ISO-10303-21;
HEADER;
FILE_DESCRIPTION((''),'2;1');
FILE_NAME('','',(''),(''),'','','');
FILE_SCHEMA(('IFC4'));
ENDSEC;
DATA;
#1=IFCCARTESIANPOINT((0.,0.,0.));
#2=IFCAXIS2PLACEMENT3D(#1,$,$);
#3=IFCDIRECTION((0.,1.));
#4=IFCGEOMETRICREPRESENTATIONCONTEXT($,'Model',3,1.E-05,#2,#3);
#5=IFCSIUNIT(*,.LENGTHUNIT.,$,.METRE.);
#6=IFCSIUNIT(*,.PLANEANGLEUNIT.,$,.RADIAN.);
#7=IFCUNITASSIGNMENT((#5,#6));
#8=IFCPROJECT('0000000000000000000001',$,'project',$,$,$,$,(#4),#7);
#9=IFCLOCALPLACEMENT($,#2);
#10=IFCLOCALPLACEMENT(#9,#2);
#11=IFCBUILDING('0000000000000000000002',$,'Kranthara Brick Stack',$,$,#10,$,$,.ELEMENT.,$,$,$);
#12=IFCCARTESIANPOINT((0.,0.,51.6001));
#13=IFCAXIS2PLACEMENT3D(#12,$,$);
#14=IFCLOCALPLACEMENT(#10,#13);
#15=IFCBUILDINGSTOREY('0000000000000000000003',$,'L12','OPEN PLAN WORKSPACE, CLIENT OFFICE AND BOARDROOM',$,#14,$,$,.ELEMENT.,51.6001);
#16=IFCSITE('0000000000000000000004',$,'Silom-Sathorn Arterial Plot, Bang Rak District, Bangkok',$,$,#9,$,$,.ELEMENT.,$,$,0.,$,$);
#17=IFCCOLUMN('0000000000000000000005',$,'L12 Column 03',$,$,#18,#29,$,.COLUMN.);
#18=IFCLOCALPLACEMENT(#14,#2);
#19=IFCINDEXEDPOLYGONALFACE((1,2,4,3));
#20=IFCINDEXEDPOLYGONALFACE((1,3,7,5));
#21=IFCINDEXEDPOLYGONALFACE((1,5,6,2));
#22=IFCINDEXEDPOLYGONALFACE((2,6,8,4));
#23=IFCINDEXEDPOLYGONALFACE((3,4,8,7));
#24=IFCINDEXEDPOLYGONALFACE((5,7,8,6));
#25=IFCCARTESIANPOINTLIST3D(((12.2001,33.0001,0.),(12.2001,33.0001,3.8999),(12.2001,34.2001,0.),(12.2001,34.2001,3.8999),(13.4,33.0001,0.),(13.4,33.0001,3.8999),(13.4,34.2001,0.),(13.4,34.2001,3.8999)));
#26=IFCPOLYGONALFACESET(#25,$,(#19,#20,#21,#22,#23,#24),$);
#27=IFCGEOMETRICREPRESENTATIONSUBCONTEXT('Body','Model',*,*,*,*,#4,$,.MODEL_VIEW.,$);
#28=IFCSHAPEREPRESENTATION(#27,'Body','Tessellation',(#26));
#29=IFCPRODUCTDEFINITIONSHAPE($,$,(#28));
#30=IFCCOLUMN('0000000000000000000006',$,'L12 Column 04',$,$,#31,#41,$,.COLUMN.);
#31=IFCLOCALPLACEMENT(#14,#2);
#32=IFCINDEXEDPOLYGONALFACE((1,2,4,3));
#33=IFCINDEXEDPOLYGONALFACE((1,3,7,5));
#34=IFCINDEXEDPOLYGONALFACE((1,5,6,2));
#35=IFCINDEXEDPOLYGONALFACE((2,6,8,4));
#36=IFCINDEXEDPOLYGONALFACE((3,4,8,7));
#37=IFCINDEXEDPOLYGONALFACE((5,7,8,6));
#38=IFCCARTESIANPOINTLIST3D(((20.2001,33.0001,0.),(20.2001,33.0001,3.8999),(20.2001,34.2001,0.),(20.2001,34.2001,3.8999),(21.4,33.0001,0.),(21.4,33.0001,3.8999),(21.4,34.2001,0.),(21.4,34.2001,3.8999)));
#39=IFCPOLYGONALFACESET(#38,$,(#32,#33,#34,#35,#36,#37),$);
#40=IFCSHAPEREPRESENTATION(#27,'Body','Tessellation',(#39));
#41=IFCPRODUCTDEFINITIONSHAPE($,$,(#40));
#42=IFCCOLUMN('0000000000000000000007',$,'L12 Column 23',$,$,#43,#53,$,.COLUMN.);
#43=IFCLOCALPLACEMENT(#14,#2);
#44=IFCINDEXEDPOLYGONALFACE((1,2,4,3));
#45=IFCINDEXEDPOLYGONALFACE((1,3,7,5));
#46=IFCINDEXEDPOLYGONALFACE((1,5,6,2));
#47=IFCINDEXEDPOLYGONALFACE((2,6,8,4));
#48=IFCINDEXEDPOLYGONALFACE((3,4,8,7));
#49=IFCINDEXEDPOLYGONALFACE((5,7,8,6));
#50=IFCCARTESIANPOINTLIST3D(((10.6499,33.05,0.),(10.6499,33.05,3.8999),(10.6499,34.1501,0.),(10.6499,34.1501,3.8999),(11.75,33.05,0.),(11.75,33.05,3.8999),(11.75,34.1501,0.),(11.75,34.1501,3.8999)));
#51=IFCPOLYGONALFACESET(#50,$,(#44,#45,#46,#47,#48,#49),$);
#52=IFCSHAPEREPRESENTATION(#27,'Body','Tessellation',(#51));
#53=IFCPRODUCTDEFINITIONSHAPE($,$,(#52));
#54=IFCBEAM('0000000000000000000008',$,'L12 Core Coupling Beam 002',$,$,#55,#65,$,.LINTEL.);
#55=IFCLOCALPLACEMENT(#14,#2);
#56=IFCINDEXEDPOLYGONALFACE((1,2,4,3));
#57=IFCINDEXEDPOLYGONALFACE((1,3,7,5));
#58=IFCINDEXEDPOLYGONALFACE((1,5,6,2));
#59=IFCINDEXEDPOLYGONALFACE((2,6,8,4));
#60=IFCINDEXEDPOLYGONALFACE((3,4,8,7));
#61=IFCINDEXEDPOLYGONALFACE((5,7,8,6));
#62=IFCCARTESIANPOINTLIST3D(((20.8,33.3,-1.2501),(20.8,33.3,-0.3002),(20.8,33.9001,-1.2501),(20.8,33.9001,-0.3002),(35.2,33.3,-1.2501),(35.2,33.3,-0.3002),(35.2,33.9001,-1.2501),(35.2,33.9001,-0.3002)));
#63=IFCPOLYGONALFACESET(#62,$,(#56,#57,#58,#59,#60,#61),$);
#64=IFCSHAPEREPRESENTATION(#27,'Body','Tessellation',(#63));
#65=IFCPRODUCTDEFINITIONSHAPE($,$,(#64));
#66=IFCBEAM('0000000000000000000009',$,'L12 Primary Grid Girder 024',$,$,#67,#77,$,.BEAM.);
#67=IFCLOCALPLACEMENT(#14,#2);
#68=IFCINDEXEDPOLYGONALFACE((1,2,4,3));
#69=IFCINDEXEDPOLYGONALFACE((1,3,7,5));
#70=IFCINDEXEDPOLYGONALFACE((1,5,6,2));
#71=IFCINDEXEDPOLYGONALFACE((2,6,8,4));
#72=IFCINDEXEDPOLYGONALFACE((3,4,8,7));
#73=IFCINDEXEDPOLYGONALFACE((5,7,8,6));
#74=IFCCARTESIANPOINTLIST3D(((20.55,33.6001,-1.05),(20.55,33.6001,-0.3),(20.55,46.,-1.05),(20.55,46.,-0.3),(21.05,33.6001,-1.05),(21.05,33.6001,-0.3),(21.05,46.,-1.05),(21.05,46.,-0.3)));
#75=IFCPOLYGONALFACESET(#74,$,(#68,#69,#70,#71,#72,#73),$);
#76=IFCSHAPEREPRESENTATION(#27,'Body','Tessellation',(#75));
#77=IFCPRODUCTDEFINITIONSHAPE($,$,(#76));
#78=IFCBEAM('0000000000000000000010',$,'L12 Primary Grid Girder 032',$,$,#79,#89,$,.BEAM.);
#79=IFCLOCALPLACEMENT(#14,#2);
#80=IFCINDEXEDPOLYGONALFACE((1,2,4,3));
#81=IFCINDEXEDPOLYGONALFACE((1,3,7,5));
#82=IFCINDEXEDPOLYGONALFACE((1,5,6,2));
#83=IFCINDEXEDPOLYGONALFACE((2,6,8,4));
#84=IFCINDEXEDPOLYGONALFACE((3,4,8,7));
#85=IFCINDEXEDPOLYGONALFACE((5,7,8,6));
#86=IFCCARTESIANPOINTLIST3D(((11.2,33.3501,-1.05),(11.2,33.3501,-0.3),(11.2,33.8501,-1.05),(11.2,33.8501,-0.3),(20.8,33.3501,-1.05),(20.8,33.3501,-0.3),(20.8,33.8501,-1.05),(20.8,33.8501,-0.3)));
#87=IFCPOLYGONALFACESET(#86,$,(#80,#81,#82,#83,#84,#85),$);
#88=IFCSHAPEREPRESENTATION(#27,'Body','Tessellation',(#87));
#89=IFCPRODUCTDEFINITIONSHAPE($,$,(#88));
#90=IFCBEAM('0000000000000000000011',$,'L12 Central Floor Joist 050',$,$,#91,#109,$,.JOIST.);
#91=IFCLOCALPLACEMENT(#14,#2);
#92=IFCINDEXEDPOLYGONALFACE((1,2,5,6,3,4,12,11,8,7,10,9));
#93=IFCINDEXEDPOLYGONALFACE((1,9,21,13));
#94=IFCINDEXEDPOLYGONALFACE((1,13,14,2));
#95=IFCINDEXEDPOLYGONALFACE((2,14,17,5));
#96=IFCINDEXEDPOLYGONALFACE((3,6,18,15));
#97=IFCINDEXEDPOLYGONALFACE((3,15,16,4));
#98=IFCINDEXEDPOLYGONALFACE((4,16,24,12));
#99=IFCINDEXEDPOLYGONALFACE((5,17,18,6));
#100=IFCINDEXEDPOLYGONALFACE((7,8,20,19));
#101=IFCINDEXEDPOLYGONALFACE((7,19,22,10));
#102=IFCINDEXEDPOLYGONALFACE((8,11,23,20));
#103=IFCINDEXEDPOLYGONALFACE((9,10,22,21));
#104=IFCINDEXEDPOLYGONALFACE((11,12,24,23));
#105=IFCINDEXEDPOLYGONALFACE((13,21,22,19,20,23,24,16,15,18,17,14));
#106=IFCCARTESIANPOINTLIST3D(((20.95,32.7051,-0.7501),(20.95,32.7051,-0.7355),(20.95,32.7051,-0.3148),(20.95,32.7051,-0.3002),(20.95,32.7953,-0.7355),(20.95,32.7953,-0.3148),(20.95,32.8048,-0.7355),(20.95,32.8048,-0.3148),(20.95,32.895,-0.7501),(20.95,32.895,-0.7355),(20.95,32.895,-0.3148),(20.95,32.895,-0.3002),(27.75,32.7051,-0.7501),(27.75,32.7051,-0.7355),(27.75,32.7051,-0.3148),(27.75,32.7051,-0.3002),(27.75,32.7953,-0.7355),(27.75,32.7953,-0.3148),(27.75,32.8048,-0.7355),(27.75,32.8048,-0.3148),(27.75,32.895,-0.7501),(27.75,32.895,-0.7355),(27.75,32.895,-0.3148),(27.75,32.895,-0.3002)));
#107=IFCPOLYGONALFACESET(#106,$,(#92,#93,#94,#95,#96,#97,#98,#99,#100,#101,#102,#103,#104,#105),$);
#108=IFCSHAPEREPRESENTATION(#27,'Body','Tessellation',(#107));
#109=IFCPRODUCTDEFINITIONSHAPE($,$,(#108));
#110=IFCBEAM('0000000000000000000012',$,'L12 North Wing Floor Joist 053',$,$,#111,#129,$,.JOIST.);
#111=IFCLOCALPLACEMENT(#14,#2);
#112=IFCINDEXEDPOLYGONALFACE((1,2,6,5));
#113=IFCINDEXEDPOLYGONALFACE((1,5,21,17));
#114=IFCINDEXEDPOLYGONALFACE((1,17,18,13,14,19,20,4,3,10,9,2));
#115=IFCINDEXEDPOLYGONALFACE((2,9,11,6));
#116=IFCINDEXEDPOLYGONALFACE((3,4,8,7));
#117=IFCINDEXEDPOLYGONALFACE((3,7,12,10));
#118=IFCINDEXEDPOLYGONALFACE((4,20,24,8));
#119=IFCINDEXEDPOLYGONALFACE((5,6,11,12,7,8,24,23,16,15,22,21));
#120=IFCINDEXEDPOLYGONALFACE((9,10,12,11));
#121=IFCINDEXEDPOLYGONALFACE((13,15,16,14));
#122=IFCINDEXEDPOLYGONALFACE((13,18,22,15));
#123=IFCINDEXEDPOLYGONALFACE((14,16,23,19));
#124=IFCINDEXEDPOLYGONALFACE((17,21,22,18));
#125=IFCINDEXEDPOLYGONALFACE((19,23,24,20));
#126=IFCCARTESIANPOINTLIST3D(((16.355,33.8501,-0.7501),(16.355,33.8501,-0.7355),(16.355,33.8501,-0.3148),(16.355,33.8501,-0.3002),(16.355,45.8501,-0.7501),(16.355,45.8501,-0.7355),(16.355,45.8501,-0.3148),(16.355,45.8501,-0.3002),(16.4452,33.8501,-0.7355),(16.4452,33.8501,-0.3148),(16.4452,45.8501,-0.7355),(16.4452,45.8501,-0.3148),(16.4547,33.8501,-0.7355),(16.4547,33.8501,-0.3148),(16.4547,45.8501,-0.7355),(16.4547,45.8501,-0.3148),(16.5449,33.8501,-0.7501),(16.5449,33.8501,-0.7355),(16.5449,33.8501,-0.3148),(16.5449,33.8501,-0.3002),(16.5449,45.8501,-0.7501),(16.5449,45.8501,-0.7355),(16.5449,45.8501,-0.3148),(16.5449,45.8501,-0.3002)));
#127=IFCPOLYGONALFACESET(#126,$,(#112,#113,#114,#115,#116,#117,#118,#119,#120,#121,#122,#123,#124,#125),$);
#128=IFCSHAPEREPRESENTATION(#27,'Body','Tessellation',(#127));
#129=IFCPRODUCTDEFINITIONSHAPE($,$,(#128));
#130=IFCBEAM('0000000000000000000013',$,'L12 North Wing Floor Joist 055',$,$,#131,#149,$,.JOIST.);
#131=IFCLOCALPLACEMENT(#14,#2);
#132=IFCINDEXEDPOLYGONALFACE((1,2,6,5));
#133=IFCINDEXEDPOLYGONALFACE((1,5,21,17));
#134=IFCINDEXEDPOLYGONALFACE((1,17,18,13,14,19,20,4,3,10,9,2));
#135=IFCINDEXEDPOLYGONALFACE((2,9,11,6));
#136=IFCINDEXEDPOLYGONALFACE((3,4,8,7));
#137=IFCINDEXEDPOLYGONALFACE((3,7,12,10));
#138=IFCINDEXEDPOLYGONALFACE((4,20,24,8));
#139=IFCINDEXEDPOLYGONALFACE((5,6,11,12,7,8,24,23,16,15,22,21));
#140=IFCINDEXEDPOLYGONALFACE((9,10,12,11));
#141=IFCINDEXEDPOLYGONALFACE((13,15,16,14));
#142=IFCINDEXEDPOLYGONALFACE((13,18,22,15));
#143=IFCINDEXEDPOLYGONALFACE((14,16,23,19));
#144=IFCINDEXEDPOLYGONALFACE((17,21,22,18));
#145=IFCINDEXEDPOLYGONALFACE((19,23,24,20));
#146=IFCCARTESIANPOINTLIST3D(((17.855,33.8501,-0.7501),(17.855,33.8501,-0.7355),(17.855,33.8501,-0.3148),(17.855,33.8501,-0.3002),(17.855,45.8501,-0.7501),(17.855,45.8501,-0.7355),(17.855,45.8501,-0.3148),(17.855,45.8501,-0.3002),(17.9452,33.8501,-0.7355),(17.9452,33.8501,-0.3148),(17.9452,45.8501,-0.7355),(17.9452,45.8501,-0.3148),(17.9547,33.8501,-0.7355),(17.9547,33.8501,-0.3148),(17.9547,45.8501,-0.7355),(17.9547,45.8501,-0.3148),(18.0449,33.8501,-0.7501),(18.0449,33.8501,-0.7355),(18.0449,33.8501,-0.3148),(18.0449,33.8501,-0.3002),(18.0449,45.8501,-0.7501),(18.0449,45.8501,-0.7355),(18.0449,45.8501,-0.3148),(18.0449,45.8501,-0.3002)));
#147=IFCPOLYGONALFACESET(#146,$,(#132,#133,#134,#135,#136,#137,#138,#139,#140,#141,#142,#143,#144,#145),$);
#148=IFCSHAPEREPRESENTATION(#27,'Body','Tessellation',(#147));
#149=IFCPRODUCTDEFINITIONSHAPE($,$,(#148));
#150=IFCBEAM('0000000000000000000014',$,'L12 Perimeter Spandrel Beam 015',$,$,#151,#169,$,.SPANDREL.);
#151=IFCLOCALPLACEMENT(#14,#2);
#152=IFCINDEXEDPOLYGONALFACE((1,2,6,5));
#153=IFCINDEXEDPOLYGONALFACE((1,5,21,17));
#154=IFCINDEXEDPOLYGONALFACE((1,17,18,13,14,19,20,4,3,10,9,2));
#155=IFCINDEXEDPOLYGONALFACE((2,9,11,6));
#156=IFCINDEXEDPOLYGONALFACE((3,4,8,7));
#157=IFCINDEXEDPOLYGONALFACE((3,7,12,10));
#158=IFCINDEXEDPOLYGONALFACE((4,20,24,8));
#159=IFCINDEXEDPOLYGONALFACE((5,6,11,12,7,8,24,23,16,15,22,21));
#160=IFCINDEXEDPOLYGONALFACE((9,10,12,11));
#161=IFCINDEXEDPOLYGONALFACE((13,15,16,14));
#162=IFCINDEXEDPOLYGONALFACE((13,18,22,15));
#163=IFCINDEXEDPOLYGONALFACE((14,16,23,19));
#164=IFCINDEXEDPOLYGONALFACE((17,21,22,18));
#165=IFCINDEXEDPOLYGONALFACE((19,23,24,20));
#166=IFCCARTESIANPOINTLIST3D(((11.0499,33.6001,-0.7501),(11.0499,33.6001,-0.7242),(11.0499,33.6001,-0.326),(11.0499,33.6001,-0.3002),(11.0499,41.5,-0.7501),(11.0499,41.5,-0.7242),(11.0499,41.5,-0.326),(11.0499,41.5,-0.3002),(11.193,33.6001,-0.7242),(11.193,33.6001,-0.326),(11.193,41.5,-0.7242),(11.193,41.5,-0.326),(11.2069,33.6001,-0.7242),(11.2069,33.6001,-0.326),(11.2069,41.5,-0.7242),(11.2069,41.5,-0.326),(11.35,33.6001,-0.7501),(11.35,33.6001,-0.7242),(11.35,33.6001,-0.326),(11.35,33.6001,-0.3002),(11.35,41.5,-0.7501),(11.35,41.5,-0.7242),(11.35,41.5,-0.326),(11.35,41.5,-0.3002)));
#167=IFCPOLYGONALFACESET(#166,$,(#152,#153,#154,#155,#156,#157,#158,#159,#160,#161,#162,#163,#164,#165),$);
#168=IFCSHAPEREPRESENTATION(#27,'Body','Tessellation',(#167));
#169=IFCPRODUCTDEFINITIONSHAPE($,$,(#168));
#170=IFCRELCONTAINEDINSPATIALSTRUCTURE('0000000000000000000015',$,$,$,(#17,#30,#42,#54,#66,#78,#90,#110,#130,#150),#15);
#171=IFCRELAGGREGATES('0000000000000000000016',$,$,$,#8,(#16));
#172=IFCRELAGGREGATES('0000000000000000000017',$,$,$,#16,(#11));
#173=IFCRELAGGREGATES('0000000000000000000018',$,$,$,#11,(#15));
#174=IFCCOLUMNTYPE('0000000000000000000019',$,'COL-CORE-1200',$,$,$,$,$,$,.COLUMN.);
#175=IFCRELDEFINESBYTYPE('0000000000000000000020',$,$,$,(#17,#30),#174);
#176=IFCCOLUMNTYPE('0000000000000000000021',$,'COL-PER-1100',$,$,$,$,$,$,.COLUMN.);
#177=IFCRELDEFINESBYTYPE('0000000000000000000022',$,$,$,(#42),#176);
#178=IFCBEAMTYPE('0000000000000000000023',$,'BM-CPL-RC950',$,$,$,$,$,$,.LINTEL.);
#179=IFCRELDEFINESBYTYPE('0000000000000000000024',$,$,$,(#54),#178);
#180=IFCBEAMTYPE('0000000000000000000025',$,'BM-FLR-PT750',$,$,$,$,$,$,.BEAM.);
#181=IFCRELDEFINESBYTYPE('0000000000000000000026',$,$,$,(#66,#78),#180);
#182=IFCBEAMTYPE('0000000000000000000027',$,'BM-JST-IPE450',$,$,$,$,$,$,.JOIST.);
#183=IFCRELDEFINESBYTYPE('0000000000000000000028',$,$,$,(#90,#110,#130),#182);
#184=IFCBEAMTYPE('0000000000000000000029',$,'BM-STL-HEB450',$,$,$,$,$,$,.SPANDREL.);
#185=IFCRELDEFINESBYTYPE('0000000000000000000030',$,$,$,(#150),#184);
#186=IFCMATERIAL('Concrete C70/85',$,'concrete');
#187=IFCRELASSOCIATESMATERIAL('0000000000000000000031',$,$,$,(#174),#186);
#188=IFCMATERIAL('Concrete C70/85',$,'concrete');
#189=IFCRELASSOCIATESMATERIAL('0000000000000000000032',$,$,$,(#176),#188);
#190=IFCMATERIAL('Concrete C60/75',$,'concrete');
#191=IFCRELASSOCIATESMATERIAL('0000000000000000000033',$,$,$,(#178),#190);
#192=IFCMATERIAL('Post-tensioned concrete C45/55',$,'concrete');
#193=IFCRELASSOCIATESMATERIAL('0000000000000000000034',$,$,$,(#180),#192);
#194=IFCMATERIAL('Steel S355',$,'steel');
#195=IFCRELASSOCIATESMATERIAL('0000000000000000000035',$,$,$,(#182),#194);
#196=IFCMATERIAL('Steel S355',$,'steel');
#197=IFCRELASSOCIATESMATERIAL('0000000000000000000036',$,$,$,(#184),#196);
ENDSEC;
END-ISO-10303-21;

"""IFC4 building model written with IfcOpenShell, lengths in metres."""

from ifc_helpers import new_model, si_unit, direction, frame, origin, origin_2d, place, context, subcontext, project, spatial, rectangle, i_section, extrude, material, material_profile, profile_set, type_object, element, save


model = new_model("IFC4")

# Units and contexts
model_context = context("Model", 3, precision=1e-05, world=origin(), true_north=direction((0.0, 1.0)))
body_context = subcontext(model_context, "Body", "Model", "MODEL_VIEW")
ifc_project = project(units=[si_unit("LENGTHUNIT", "METRE"), si_unit("PLANEANGLEUNIT", "RADIAN")], contexts=[model_context])

# Site, building, storey
site_placement = place(None, origin())
site = spatial("IfcSite", under=ifc_project, at=site_placement, Name="Silom-Sathorn Arterial Plot, Bang Rak District, Bangkok", CompositionType="ELEMENT", RefElevation=0.0)
building_placement = place(site_placement, origin())
building = spatial("IfcBuilding", under=site, at=building_placement, Name="Kranthara Brick Stack", CompositionType="ELEMENT")
storey_placement = place(building_placement, frame((0.0, 0.0, 51.6001)))
storey = spatial("IfcBuildingStorey", under=building, at=storey_placement, Name="L12", Description="OPEN PLAN WORKSPACE, CLIENT OFFICE AND BOARDROOM", CompositionType="ELEMENT", Elevation=51.6001)

# Columns
ifc_material_1 = material(Name="Concrete C70/85", Category="concrete")
ifc_material_profile_1 = material_profile(ifc_material_1, rectangle(XDim=1.2, YDim=1.2, at=origin_2d()), Name="RC 1200x1200")
ifc_profile_set_1 = profile_set([ifc_material_profile_1], Name="Concrete C70/85")
column_type_1 = type_object("IfcColumnType", Name="COL-CORE-1200", PredefinedType="COLUMN", material=ifc_profile_set_1)
for number, where, z_axis, x_axis, name in (
    (1, (12.8, 33.6001, 0.0), (0.0, 0.0, 1.0), (1.0, 0.0, 0.0), "L12 Column 03"),
    (2, (20.8, 33.6001, 0.0), (0.0, 0.0, 1.0), (1.0, 0.0, 0.0), "L12 Column 04"),
):
    element("IfcColumn", number, at=place(storey_placement, frame(where, z_axis=z_axis, x_axis=x_axis)), inside=storey, type_object=column_type_1, Name=name, PredefinedType="COLUMN", context=body_context, shape_type="SweptSolid", body=[
        extrude(rectangle(XDim=1.2, YDim=1.2, at=origin_2d()), origin(), (0.0, 0.0, 1.0), 3.8999),
    ])
ifc_material_2 = material(Name="Concrete C70/85", Category="concrete")
ifc_material_profile_2 = material_profile(ifc_material_2, rectangle(XDim=1.1001, YDim=1.1001, at=origin_2d()), Name="RC 1100x1100")
ifc_profile_set_2 = profile_set([ifc_material_profile_2], Name="Concrete C70/85")
column_type_2 = type_object("IfcColumnType", Name="COL-PER-1100", PredefinedType="COLUMN", material=ifc_profile_set_2)
column_placement = place(storey_placement, frame((11.2, 33.6001, 0.0), z_axis=(0.0, 0.0, 1.0), x_axis=(1.0, 0.0, 0.0)))
element("IfcColumn", 3, at=column_placement, inside=storey, type_object=column_type_2, Name="L12 Column 23", PredefinedType="COLUMN", context=body_context, shape_type="SweptSolid", body=[
    extrude(rectangle(XDim=1.1001, YDim=1.1001, at=origin_2d()), origin(), (0.0, 0.0, 1.0), 3.8999),
])

# Beams
ifc_material_3 = material(Name="Concrete C60/75", Category="concrete")
ifc_material_profile_3 = material_profile(ifc_material_3, rectangle(XDim=0.6001, YDim=0.95, at=origin_2d()), Name="RC 600x950")
ifc_profile_set_3 = profile_set([ifc_material_profile_3], Name="Concrete C60/75")
beam_type_1 = type_object("IfcBeamType", Name="BM-CPL-RC950", PredefinedType="LINTEL", material=ifc_profile_set_3)
beam_1_placement = place(storey_placement, frame((20.8, 33.6001, -0.7751), z_axis=(1.0, 0.0, 0.0), x_axis=(0.0, 1.0, 0.0)))
element("IfcBeam", 4, at=beam_1_placement, inside=storey, type_object=beam_type_1, Name="L12 Core Coupling Beam 002", PredefinedType="LINTEL", context=body_context, shape_type="SweptSolid", body=[
    extrude(rectangle(XDim=0.6001, YDim=0.95, at=origin_2d()), origin(), (0.0, 0.0, 1.0), 14.3999),
])
ifc_material_4 = material(Name="Post-tensioned concrete C45/55", Category="concrete")
ifc_material_profile_4 = material_profile(ifc_material_4, rectangle(XDim=0.5, YDim=0.75, at=origin_2d()), Name="PT 500x750")
ifc_profile_set_4 = profile_set([ifc_material_profile_4], Name="Post-tensioned concrete C45/55")
beam_type_2 = type_object("IfcBeamType", Name="BM-FLR-PT750", PredefinedType="BEAM", material=ifc_profile_set_4)
beam_2_placement = place(storey_placement, frame((20.8, 33.6001, -0.675), z_axis=(0.0, 1.0, 0.0), x_axis=(-1.0, 0.0, 0.0)))
element("IfcBeam", 5, at=beam_2_placement, inside=storey, type_object=beam_type_2, Name="L12 Primary Grid Girder 024", PredefinedType="BEAM", context=body_context, shape_type="SweptSolid", body=[
    extrude(rectangle(XDim=0.5, YDim=0.75, at=origin_2d()), origin(), (0.0, 0.0, 1.0), 12.3999),
])
beam_3_placement = place(storey_placement, frame((11.2, 33.6001, -0.675), z_axis=(1.0, 0.0, 0.0), x_axis=(0.0, 1.0, 0.0)))
element("IfcBeam", 6, at=beam_3_placement, inside=storey, type_object=beam_type_2, Name="L12 Primary Grid Girder 032", PredefinedType="BEAM", context=body_context, shape_type="SweptSolid", body=[
    extrude(rectangle(XDim=0.5, YDim=0.75, at=origin_2d()), origin(), (0.0, 0.0, 1.0), 9.6001),
])
ifc_material_5 = material(Name="Steel S355", Category="steel")
ifc_material_profile_5 = material_profile(ifc_material_5, i_section(OverallWidth=0.1899, OverallDepth=0.45, WebThickness=0.0095, FlangeThickness=0.0146, at=origin_2d()), Name="IPE 450")
ifc_profile_set_5 = profile_set([ifc_material_profile_5], Name="Steel S355")
beam_type_3 = type_object("IfcBeamType", Name="BM-JST-IPE450", PredefinedType="JOIST", material=ifc_profile_set_5)
beam_4_placement = place(storey_placement, frame((20.95, 32.8, -0.5251), z_axis=(1.0, 0.0, 0.0), x_axis=(0.0, 1.0, 0.0)))
element("IfcBeam", 7, at=beam_4_placement, inside=storey, type_object=beam_type_3, Name="L12 Central Floor Joist 050", PredefinedType="JOIST", context=body_context, shape_type="SweptSolid", body=[
    extrude(i_section(OverallWidth=0.1899, OverallDepth=0.45, WebThickness=0.0095, FlangeThickness=0.0146, at=origin_2d()), origin(), (0.0, 0.0, 1.0), 6.8),
])
for number, where, z_axis, x_axis, name in (
    (8, (16.45, 33.8501, -0.5251), (0.0, 1.0, 0.0), (-1.0, 0.0, 0.0), "L12 North Wing Floor Joist 053"),
    (9, (17.95, 33.8501, -0.5251), (0.0, 1.0, 0.0), (-1.0, 0.0, 0.0), "L12 North Wing Floor Joist 055"),
):
    element("IfcBeam", number, at=place(storey_placement, frame(where, z_axis=z_axis, x_axis=x_axis)), inside=storey, type_object=beam_type_3, Name=name, PredefinedType="JOIST", context=body_context, shape_type="SweptSolid", body=[
        extrude(i_section(OverallWidth=0.1899, OverallDepth=0.45, WebThickness=0.0095, FlangeThickness=0.0146, at=origin_2d()), origin(), (0.0, 0.0, 1.0), 12.0),
    ])
ifc_material_6 = material(Name="Steel S355", Category="steel")
ifc_material_profile_6 = material_profile(ifc_material_6, i_section(OverallWidth=0.3, OverallDepth=0.45, WebThickness=0.0139, FlangeThickness=0.0259, at=origin_2d()), Name="HEB 450")
ifc_profile_set_6 = profile_set([ifc_material_profile_6], Name="Steel S355")
beam_type_4 = type_object("IfcBeamType", Name="BM-STL-HEB450", PredefinedType="SPANDREL", material=ifc_profile_set_6)
beam_5_placement = place(storey_placement, frame((11.2, 33.6001, -0.5251), z_axis=(0.0, 1.0, 0.0), x_axis=(-1.0, 0.0, 0.0)))
element("IfcBeam", 10, at=beam_5_placement, inside=storey, type_object=beam_type_4, Name="L12 Perimeter Spandrel Beam 015", PredefinedType="SPANDREL", context=body_context, shape_type="SweptSolid", body=[
    extrude(i_section(OverallWidth=0.3, OverallDepth=0.45, WebThickness=0.0139, FlangeThickness=0.0259, at=origin_2d()), origin(), (0.0, 0.0, 1.0), 7.8999),
])

save(model, "model.ifc")
